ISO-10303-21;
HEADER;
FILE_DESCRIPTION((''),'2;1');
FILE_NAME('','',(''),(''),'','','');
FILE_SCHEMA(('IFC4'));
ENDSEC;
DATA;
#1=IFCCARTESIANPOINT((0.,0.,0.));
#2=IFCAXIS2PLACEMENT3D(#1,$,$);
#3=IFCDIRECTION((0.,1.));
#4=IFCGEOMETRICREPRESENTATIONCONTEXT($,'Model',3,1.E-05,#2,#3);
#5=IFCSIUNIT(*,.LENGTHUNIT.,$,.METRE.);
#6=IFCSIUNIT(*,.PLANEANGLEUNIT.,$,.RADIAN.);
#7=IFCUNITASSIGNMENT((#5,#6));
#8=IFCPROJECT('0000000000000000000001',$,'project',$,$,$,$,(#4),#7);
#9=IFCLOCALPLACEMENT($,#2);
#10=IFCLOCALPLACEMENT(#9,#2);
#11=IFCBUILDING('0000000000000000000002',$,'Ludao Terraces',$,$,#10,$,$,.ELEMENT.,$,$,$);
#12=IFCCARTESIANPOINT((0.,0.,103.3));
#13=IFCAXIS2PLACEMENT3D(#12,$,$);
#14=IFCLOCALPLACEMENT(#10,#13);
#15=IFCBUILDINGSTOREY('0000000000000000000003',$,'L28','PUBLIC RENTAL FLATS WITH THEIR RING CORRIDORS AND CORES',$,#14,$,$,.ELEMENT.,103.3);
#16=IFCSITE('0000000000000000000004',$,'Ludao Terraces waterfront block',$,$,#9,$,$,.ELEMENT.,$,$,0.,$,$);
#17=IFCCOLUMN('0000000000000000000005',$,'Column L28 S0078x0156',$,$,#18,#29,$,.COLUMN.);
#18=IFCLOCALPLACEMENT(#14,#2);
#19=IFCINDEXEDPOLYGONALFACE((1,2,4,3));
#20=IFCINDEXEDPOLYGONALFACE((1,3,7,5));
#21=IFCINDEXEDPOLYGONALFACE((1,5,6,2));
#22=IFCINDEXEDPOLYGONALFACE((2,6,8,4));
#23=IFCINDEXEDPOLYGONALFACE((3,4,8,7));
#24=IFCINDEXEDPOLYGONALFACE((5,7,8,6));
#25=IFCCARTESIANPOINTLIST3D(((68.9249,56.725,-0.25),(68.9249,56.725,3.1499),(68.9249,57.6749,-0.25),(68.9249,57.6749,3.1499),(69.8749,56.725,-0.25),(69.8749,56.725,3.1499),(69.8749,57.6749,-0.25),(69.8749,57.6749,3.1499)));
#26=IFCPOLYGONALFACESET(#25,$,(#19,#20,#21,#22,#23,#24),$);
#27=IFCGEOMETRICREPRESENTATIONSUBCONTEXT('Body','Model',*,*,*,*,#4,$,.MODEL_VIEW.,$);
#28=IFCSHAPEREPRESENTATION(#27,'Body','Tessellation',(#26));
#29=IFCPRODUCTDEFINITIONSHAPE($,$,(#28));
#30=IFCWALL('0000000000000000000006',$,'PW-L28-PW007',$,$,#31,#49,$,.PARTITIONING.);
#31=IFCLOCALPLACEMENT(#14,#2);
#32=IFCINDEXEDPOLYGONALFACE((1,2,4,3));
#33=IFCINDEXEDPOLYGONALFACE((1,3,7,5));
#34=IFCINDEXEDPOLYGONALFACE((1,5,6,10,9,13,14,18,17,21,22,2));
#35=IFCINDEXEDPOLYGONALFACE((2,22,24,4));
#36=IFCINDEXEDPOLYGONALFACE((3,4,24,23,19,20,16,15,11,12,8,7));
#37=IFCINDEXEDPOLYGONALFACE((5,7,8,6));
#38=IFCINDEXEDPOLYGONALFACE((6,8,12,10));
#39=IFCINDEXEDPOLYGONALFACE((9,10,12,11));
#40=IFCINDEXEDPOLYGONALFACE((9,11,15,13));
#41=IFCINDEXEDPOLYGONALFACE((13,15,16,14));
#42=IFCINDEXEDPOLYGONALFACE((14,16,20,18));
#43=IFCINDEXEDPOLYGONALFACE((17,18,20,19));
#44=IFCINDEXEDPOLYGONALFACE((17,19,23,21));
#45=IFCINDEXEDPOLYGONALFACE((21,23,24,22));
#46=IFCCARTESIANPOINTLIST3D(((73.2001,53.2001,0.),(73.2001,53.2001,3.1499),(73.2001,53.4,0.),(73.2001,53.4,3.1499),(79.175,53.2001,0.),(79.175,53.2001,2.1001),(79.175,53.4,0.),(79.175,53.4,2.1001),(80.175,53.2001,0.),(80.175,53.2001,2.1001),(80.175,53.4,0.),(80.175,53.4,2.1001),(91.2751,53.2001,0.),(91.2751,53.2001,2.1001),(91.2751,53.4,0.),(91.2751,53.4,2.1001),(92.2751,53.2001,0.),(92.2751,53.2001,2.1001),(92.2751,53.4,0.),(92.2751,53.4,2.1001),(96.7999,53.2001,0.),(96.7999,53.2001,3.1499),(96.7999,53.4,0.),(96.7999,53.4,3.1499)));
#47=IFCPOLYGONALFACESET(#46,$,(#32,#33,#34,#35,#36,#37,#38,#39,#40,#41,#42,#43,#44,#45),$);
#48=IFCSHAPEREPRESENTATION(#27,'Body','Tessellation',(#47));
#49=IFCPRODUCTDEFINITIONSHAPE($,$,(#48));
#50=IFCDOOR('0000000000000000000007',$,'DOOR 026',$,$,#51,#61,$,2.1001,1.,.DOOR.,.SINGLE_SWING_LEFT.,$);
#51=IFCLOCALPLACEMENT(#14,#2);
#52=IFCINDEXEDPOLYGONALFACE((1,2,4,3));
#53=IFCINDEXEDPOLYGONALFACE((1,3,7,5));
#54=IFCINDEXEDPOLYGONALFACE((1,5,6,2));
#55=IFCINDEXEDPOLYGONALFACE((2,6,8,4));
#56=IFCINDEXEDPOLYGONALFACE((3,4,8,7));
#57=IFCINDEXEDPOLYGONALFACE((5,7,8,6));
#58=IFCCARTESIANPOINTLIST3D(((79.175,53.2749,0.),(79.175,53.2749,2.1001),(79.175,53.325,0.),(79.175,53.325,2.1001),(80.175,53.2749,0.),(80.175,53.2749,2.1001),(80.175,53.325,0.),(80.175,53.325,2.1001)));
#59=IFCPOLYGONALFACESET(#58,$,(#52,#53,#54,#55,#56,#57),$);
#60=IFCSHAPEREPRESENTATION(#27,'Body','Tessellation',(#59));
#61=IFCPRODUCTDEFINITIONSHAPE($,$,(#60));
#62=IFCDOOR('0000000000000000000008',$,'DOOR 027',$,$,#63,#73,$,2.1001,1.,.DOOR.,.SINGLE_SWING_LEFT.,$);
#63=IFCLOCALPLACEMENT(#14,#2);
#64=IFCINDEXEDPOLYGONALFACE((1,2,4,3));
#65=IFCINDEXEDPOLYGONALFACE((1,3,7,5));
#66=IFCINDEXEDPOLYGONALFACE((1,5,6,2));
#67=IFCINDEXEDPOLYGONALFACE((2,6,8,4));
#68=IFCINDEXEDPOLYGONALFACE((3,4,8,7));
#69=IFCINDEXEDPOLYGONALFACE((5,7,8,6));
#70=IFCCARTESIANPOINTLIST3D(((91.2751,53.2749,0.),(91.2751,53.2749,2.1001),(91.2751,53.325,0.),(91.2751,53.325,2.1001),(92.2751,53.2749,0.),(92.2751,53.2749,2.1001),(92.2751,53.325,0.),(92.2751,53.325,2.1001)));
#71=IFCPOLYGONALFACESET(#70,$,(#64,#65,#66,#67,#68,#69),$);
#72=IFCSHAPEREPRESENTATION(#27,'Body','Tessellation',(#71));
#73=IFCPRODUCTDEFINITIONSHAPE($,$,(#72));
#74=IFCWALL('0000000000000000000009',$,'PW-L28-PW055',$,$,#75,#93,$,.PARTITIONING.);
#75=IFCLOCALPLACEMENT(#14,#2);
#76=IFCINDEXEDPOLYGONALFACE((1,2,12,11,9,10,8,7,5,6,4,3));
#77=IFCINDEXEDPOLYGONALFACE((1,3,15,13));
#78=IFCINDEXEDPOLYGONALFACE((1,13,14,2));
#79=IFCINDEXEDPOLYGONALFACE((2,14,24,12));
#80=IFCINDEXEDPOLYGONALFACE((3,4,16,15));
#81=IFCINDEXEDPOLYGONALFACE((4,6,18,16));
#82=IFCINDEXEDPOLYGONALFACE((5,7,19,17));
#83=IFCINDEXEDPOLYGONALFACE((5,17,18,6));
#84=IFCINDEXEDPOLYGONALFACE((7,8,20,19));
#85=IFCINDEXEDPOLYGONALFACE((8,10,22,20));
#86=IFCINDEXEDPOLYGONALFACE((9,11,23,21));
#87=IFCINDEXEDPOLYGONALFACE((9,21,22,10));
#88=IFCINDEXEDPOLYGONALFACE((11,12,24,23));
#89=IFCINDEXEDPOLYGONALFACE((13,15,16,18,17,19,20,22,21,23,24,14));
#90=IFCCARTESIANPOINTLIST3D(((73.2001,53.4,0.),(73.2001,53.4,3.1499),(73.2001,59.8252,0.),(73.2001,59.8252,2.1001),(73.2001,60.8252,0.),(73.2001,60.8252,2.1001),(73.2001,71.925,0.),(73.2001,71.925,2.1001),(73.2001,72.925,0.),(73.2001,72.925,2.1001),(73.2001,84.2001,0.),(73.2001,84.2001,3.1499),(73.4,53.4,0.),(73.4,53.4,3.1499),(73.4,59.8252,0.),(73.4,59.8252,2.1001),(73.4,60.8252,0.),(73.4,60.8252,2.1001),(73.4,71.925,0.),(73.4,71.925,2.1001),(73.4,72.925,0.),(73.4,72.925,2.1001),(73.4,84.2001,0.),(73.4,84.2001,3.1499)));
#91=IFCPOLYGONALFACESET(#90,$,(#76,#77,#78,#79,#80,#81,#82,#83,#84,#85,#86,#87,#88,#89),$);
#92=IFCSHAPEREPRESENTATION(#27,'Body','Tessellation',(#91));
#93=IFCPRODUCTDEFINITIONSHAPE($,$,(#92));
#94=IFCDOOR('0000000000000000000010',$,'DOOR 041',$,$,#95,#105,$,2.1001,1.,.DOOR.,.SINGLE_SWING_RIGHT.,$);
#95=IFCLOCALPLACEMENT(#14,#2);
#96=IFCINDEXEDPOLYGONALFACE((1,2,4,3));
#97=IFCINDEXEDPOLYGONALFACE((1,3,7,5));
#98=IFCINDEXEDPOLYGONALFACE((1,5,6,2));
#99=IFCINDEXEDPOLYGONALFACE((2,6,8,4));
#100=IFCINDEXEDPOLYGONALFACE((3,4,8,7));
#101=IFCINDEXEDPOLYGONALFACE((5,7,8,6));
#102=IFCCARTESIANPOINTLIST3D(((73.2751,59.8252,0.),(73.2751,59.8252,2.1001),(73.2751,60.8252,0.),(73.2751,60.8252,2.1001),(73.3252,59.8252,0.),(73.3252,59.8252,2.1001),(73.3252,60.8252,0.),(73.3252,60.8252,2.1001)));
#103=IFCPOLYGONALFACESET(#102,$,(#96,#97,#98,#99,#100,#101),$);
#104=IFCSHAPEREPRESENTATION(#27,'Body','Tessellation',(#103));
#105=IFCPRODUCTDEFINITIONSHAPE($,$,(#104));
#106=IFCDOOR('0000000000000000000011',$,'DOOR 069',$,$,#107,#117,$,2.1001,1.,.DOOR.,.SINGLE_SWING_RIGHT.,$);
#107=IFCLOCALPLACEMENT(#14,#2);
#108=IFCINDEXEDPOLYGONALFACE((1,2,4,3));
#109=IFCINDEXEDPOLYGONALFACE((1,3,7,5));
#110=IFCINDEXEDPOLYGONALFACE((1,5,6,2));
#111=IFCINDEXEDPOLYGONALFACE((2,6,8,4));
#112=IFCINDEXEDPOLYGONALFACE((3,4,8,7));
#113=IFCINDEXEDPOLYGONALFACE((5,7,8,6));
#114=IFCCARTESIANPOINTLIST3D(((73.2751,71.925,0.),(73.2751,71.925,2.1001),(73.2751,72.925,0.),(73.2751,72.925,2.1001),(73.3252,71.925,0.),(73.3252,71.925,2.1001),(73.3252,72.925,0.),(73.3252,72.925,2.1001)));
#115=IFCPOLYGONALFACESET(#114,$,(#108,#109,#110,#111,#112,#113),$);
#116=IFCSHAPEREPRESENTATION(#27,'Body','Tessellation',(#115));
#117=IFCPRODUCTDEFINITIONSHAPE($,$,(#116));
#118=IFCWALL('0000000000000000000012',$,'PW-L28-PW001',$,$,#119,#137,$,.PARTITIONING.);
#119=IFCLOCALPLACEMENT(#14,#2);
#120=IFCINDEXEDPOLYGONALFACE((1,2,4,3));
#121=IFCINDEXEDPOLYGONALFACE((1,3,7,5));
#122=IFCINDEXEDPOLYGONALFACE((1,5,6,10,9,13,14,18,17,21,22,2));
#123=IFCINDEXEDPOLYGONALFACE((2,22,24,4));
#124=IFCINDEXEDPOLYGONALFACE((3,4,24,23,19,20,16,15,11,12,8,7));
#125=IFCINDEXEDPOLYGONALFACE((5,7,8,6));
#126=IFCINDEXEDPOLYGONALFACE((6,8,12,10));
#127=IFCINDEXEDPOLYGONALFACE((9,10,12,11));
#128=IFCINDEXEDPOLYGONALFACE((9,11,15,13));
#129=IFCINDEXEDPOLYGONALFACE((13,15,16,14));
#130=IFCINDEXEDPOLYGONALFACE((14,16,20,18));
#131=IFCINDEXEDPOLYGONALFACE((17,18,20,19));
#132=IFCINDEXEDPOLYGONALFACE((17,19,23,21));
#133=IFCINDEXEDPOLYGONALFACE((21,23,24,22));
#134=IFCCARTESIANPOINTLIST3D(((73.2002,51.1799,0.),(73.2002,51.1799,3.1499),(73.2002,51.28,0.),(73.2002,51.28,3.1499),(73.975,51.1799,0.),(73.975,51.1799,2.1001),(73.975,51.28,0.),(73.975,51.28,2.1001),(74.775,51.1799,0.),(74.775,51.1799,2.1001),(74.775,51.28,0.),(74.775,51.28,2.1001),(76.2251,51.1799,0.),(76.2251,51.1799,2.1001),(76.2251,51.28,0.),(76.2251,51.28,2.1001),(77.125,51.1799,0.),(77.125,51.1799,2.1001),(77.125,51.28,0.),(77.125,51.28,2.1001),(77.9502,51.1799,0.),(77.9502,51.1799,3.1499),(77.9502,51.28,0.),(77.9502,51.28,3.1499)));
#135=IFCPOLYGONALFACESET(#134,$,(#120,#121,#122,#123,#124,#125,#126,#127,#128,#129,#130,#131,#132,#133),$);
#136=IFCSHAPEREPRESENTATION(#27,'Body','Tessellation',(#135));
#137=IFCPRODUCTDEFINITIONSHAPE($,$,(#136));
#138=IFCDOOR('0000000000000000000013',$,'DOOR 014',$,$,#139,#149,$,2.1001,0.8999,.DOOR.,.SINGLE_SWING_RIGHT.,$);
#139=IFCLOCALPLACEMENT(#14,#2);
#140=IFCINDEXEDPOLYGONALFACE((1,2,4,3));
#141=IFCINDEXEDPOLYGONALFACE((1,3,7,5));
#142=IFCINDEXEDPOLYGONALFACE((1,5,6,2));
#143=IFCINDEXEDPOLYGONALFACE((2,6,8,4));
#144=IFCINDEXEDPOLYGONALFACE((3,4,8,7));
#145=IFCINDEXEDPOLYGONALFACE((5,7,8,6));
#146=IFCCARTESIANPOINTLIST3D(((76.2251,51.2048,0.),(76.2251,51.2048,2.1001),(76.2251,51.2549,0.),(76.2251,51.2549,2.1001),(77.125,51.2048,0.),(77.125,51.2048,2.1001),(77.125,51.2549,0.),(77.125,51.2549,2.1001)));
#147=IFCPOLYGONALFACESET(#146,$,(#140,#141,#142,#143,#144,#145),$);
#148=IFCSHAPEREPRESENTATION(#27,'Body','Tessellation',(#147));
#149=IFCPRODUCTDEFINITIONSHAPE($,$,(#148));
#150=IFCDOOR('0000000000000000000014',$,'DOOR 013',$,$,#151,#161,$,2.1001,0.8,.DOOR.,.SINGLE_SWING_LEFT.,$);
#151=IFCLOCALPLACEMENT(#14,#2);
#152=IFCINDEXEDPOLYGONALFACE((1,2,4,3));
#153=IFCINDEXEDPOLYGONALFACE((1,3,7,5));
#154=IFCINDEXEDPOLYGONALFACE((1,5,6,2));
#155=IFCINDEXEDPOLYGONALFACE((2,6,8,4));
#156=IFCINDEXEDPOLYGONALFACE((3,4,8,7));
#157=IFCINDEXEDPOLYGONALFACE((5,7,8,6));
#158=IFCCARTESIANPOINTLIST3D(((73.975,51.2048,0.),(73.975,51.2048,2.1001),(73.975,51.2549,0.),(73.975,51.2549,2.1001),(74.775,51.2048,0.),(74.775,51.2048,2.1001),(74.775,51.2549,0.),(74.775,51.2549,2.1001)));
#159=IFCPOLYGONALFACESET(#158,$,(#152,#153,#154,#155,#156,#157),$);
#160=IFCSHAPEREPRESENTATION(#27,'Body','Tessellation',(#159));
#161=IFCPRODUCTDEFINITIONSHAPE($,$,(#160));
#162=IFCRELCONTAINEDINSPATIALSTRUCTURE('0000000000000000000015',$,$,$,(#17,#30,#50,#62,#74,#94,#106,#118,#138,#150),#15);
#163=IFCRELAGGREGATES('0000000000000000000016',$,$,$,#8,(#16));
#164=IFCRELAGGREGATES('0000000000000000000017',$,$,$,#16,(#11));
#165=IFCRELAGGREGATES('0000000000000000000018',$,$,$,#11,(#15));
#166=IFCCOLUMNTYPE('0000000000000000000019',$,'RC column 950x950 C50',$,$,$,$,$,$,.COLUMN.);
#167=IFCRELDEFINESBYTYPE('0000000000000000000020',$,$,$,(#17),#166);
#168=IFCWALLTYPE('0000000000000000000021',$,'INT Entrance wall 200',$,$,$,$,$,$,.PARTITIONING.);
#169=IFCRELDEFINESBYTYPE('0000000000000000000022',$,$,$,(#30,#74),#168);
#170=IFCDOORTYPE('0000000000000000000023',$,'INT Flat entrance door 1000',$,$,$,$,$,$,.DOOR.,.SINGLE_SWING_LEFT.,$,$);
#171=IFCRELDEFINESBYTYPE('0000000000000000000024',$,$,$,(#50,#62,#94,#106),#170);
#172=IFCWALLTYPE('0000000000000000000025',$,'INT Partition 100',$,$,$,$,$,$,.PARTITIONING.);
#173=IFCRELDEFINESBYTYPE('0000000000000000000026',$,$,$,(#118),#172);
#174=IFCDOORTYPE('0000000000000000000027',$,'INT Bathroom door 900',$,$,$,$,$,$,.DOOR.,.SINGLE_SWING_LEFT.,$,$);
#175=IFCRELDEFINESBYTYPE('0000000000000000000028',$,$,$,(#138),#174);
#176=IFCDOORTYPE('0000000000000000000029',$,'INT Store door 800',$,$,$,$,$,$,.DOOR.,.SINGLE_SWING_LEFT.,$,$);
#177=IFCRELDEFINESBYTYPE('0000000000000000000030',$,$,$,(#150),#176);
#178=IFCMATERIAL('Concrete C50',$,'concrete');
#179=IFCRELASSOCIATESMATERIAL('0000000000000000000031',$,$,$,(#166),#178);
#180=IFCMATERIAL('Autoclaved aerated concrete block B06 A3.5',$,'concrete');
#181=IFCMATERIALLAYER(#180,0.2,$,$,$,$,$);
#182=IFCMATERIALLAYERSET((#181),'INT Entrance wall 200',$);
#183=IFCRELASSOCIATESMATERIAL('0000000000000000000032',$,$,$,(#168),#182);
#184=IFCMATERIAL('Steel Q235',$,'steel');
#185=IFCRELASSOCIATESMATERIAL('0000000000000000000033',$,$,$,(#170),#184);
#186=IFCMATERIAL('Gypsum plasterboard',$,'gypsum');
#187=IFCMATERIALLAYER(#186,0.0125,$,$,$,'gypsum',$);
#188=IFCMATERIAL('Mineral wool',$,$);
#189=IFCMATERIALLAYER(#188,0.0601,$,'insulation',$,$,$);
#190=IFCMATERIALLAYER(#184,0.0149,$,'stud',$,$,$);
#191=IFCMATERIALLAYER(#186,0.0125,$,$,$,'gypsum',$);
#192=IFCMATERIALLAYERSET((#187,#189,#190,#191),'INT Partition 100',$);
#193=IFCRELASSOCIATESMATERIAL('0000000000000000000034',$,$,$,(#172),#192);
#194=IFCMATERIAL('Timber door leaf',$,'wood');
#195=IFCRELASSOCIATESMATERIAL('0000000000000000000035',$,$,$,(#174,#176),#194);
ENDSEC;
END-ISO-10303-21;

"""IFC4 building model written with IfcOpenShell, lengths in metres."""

from ifc_helpers import new_model, si_unit, direction, frame, frame_2d, origin, origin_2d, place, context, subcontext, project, spatial, rectangle, extrude, material, layer, layer_set, material_profile, profile_set, type_object, element, fill, save


model = new_model("IFC4")

# Units and contexts
model_context = context("Model", 3, precision=1e-05, world=origin(), true_north=direction((0.0, 1.0)))
body_context = subcontext(model_context, "Body", "Model", "MODEL_VIEW")
ifc_project = project(units=[si_unit("LENGTHUNIT", "METRE"), si_unit("PLANEANGLEUNIT", "RADIAN")], contexts=[model_context])

# Site, building, storey
site_placement = place(None, origin())
site = spatial("IfcSite", under=ifc_project, at=site_placement, Name="Ludao Terraces waterfront block", CompositionType="ELEMENT", RefElevation=0.0)
building_placement = place(site_placement, origin())
building = spatial("IfcBuilding", under=site, at=building_placement, Name="Ludao Terraces", CompositionType="ELEMENT")
storey_placement = place(building_placement, frame((0.0, 0.0, 103.3)))
storey = spatial("IfcBuildingStorey", under=building, at=storey_placement, Name="L28", Description="PUBLIC RENTAL FLATS WITH THEIR RING CORRIDORS AND CORES", CompositionType="ELEMENT", Elevation=103.3)

# Column
ifc_material_1 = material(Name="Concrete C50", Category="concrete")
ifc_material_profile = material_profile(ifc_material_1, rectangle(XDim=0.95, YDim=0.95, at=origin_2d()), Name="950 X 950")
ifc_profile_set = profile_set([ifc_material_profile], Name="Concrete C50")
column_type = type_object("IfcColumnType", Name="RC column 950x950 C50", PredefinedType="COLUMN", material=ifc_profile_set)
column_placement = place(storey_placement, frame((69.3999, 57.2, -0.25), z_axis=(0.0, 0.0, 1.0), x_axis=(1.0, 0.0, 0.0)))
element("IfcColumn", 1, at=column_placement, inside=storey, type_object=column_type, Name="Column L28 S0078x0156", PredefinedType="COLUMN", context=body_context, shape_type="SweptSolid", body=[
    extrude(rectangle(XDim=0.95, YDim=0.95, at=origin_2d()), origin(), (0.0, 0.0, 1.0), 3.3999),
])

# Walls, openings, doors
ifc_material_2 = material(Name="Autoclaved aerated concrete block B06 A3.5", Category="concrete")
ifc_layer_1 = layer(ifc_material_2, 0.2)
ifc_layer_set_1 = layer_set([ifc_layer_1], Name="INT Entrance wall 200")
wall_type_1 = type_object("IfcWallType", Name="INT Entrance wall 200", PredefinedType="PARTITIONING", material=ifc_layer_set_1)
wall_1_placement = place(storey_placement, frame((73.2002, 53.3, 0.0), z_axis=(0.0, 0.0, 1.0), x_axis=(1.0, 0.0, 0.0)))
wall_1 = element("IfcWall", 2, at=wall_1_placement, inside=storey, type_object=wall_type_1, Name="PW-L28-PW007", PredefinedType="PARTITIONING", context=body_context, shape_type="SweptSolid", body=[
    extrude(rectangle(XDim=23.5999, YDim=0.2, at=frame_2d((11.7998, 0.0))), origin(), (0.0, 0.0, 1.0), 3.1499),
])
opening_1_placement = place(wall_1_placement, frame((5.9749, 0.0, 0.0)))
opening_1 = element("IfcOpeningElement", 3, at=opening_1_placement, cuts=wall_1, PredefinedType="OPENING", context=body_context, shape_type="SweptSolid", body=[
    extrude(rectangle(XDim=1.0, YDim=2.1001, at=frame_2d((0.5, 1.05))), frame((0.0, 0.1099, 0.0), z_axis=(0.0, -1.0, 0.0), x_axis=(1.0, 0.0, 0.0)), (0.0, 0.0, 1.0), 0.22),
])
opening_2_placement = place(wall_1_placement, frame((18.075, 0.0, 0.0)))
opening_2 = element("IfcOpeningElement", 4, at=opening_2_placement, cuts=wall_1, PredefinedType="OPENING", context=body_context, shape_type="SweptSolid", body=[
    extrude(rectangle(XDim=1.0, YDim=2.1001, at=frame_2d((0.5, 1.05))), frame((0.0, 0.1099, 0.0), z_axis=(0.0, -1.0, 0.0), x_axis=(1.0, 0.0, 0.0)), (0.0, 0.0, 1.0), 0.22),
])
ifc_material_3 = material(Name="Steel Q235", Category="steel")
door_type_1 = type_object("IfcDoorType", Name="INT Flat entrance door 1000", OperationType="SINGLE_SWING_LEFT", PredefinedType="DOOR", material=ifc_material_3)
door_1_placement = place(opening_1_placement, origin())
door_1 = element("IfcDoor", 5, at=door_1_placement, inside=storey, type_object=door_type_1, Name="DOOR 026", OperationType="SINGLE_SWING_LEFT", OverallHeight=2.1001, OverallWidth=1.0, PredefinedType="DOOR", context=body_context, shape_type="SweptSolid", body=[
    extrude(rectangle(XDim=1.0, YDim=2.1001, at=frame_2d((0.5, 1.05))), frame((0.0, 0.0249, 0.0), z_axis=(0.0, -1.0, 0.0), x_axis=(1.0, 0.0, 0.0)), (0.0, 0.0, 1.0), 0.05),
])
fill(opening_1, door_1)
door_2_placement = place(opening_2_placement, origin())
door_2 = element("IfcDoor", 6, at=door_2_placement, inside=storey, type_object=door_type_1, Name="DOOR 027", OperationType="SINGLE_SWING_LEFT", OverallHeight=2.1001, OverallWidth=1.0, PredefinedType="DOOR", context=body_context, shape_type="SweptSolid", body=[
    extrude(rectangle(XDim=1.0, YDim=2.1001, at=frame_2d((0.5, 1.05))), frame((0.0, 0.0249, 0.0), z_axis=(0.0, -1.0, 0.0), x_axis=(1.0, 0.0, 0.0)), (0.0, 0.0, 1.0), 0.05),
])
fill(opening_2, door_2)
wall_2_placement = place(storey_placement, frame((73.3, 53.4001, 0.0), z_axis=(0.0, 0.0, 1.0), x_axis=(0.0, 1.0, 0.0)))
wall_2 = element("IfcWall", 7, at=wall_2_placement, inside=storey, type_object=wall_type_1, Name="PW-L28-PW055", PredefinedType="PARTITIONING", context=body_context, shape_type="SweptSolid", body=[
    extrude(rectangle(XDim=30.8, YDim=0.2, at=frame_2d((15.3999, 0.0))), origin(), (0.0, 0.0, 1.0), 3.1499),
])
opening_3_placement = place(wall_2_placement, frame((6.425, 0.0, 0.0)))
opening_3 = element("IfcOpeningElement", 8, at=opening_3_placement, cuts=wall_2, PredefinedType="OPENING", context=body_context, shape_type="SweptSolid", body=[
    extrude(rectangle(XDim=1.0, YDim=2.1001, at=frame_2d((0.5, 1.05))), frame((0.0, 0.1099, 0.0), z_axis=(0.0, -1.0, 0.0), x_axis=(1.0, 0.0, 0.0)), (0.0, 0.0, 1.0), 0.22),
])
opening_4_placement = place(wall_2_placement, frame((18.5249, 0.0, 0.0)))
opening_4 = element("IfcOpeningElement", 9, at=opening_4_placement, cuts=wall_2, PredefinedType="OPENING", context=body_context, shape_type="SweptSolid", body=[
    extrude(rectangle(XDim=1.0, YDim=2.1001, at=frame_2d((0.5, 1.05))), frame((0.0, 0.1099, 0.0), z_axis=(0.0, -1.0, 0.0), x_axis=(1.0, 0.0, 0.0)), (0.0, 0.0, 1.0), 0.22),
])
door_3_placement = place(opening_3_placement, origin())
door_3 = element("IfcDoor", 10, at=door_3_placement, inside=storey, type_object=door_type_1, Name="DOOR 041", OperationType="SINGLE_SWING_RIGHT", OverallHeight=2.1001, OverallWidth=1.0, PredefinedType="DOOR", context=body_context, shape_type="SweptSolid", body=[
    extrude(rectangle(XDim=1.0, YDim=2.1001, at=frame_2d((0.5, 1.05))), frame((0.0, 0.0249, 0.0), z_axis=(0.0, -1.0, 0.0), x_axis=(1.0, 0.0, 0.0)), (0.0, 0.0, 1.0), 0.05),
])
fill(opening_3, door_3)
door_4_placement = place(opening_4_placement, origin())
door_4 = element("IfcDoor", 11, at=door_4_placement, inside=storey, type_object=door_type_1, Name="DOOR 069", OperationType="SINGLE_SWING_RIGHT", OverallHeight=2.1001, OverallWidth=1.0, PredefinedType="DOOR", context=body_context, shape_type="SweptSolid", body=[
    extrude(rectangle(XDim=1.0, YDim=2.1001, at=frame_2d((0.5, 1.05))), frame((0.0, 0.0249, 0.0), z_axis=(0.0, -1.0, 0.0), x_axis=(1.0, 0.0, 0.0)), (0.0, 0.0, 1.0), 0.05),
])
fill(opening_4, door_4)
ifc_material_4 = material(Name="Gypsum plasterboard", Category="gypsum")
ifc_layer_2 = layer(ifc_material_4, 0.0125, Category="gypsum")
ifc_material_5 = material(Name="Mineral wool")
ifc_layer_3 = layer(ifc_material_5, 0.0601, Name="insulation")
ifc_layer_4 = layer(ifc_material_3, 0.0149, Name="stud")
ifc_layer_5 = layer(ifc_material_4, 0.0125, Category="gypsum")
ifc_layer_set_2 = layer_set([ifc_layer_2, ifc_layer_3, ifc_layer_4, ifc_layer_5], Name="INT Partition 100")
wall_type_2 = type_object("IfcWallType", Name="INT Partition 100", PredefinedType="PARTITIONING", material=ifc_layer_set_2)
wall_3_placement = place(storey_placement, frame((73.2002, 51.23, 0.0), z_axis=(0.0, 0.0, 1.0), x_axis=(1.0, 0.0, 0.0)))
wall_3 = element("IfcWall", 12, at=wall_3_placement, inside=storey, type_object=wall_type_2, Name="PW-L28-PW001", PredefinedType="PARTITIONING", context=body_context, shape_type="SweptSolid", body=[
    extrude(rectangle(XDim=4.75, YDim=0.1001, at=frame_2d((2.375, 0.0))), origin(), (0.0, 0.0, 1.0), 3.1499),
])
opening_5_placement = place(wall_3_placement, frame((0.7749, 0.0, 0.0)))
opening_5 = element("IfcOpeningElement", 13, at=opening_5_placement, cuts=wall_3, PredefinedType="OPENING", context=body_context, shape_type="SweptSolid", body=[
    extrude(rectangle(XDim=0.8, YDim=2.1001, at=frame_2d((0.3999, 1.05))), frame((0.0, 0.0601, 0.0), z_axis=(0.0, -1.0, 0.0), x_axis=(1.0, 0.0, 0.0)), (0.0, 0.0, 1.0), 0.1201),
])
opening_6_placement = place(wall_3_placement, frame((3.0249, 0.0, 0.0)))
opening_6 = element("IfcOpeningElement", 14, at=opening_6_placement, cuts=wall_3, PredefinedType="OPENING", context=body_context, shape_type="SweptSolid", body=[
    extrude(rectangle(XDim=0.8999, YDim=2.1001, at=frame_2d((0.45, 1.05))), frame((0.0, 0.0601, 0.0), z_axis=(0.0, -1.0, 0.0), x_axis=(1.0, 0.0, 0.0)), (0.0, 0.0, 1.0), 0.1201),
])
ifc_material_6 = material(Name="Timber door leaf", Category="wood")
door_type_2 = type_object("IfcDoorType", Name="INT Bathroom door 900", OperationType="SINGLE_SWING_LEFT", PredefinedType="DOOR", material=ifc_material_6)
door_5_placement = place(opening_6_placement, origin())
door_5 = element("IfcDoor", 15, at=door_5_placement, inside=storey, type_object=door_type_2, Name="DOOR 014", OperationType="SINGLE_SWING_RIGHT", OverallHeight=2.1001, OverallWidth=0.8999, PredefinedType="DOOR", context=body_context, shape_type="SweptSolid", body=[
    extrude(rectangle(XDim=0.8999, YDim=2.1001, at=frame_2d((0.45, 1.05))), frame((0.0, 0.0249, 0.0), z_axis=(0.0, -1.0, 0.0), x_axis=(1.0, 0.0, 0.0)), (0.0, 0.0, 1.0), 0.05),
])
fill(opening_6, door_5)
door_type_3 = type_object("IfcDoorType", Name="INT Store door 800", OperationType="SINGLE_SWING_LEFT", PredefinedType="DOOR", material=ifc_material_6)
door_6_placement = place(opening_5_placement, origin())
door_6 = element("IfcDoor", 16, at=door_6_placement, inside=storey, type_object=door_type_3, Name="DOOR 013", OperationType="SINGLE_SWING_LEFT", OverallHeight=2.1001, OverallWidth=0.8, PredefinedType="DOOR", context=body_context, shape_type="SweptSolid", body=[
    extrude(rectangle(XDim=0.8, YDim=2.1001, at=frame_2d((0.3999, 1.05))), frame((0.0, 0.0249, 0.0), z_axis=(0.0, -1.0, 0.0), x_axis=(1.0, 0.0, 0.0)), (0.0, 0.0, 1.0), 0.05),
])
fill(opening_5, door_6)

save(model, "model.ifc")
